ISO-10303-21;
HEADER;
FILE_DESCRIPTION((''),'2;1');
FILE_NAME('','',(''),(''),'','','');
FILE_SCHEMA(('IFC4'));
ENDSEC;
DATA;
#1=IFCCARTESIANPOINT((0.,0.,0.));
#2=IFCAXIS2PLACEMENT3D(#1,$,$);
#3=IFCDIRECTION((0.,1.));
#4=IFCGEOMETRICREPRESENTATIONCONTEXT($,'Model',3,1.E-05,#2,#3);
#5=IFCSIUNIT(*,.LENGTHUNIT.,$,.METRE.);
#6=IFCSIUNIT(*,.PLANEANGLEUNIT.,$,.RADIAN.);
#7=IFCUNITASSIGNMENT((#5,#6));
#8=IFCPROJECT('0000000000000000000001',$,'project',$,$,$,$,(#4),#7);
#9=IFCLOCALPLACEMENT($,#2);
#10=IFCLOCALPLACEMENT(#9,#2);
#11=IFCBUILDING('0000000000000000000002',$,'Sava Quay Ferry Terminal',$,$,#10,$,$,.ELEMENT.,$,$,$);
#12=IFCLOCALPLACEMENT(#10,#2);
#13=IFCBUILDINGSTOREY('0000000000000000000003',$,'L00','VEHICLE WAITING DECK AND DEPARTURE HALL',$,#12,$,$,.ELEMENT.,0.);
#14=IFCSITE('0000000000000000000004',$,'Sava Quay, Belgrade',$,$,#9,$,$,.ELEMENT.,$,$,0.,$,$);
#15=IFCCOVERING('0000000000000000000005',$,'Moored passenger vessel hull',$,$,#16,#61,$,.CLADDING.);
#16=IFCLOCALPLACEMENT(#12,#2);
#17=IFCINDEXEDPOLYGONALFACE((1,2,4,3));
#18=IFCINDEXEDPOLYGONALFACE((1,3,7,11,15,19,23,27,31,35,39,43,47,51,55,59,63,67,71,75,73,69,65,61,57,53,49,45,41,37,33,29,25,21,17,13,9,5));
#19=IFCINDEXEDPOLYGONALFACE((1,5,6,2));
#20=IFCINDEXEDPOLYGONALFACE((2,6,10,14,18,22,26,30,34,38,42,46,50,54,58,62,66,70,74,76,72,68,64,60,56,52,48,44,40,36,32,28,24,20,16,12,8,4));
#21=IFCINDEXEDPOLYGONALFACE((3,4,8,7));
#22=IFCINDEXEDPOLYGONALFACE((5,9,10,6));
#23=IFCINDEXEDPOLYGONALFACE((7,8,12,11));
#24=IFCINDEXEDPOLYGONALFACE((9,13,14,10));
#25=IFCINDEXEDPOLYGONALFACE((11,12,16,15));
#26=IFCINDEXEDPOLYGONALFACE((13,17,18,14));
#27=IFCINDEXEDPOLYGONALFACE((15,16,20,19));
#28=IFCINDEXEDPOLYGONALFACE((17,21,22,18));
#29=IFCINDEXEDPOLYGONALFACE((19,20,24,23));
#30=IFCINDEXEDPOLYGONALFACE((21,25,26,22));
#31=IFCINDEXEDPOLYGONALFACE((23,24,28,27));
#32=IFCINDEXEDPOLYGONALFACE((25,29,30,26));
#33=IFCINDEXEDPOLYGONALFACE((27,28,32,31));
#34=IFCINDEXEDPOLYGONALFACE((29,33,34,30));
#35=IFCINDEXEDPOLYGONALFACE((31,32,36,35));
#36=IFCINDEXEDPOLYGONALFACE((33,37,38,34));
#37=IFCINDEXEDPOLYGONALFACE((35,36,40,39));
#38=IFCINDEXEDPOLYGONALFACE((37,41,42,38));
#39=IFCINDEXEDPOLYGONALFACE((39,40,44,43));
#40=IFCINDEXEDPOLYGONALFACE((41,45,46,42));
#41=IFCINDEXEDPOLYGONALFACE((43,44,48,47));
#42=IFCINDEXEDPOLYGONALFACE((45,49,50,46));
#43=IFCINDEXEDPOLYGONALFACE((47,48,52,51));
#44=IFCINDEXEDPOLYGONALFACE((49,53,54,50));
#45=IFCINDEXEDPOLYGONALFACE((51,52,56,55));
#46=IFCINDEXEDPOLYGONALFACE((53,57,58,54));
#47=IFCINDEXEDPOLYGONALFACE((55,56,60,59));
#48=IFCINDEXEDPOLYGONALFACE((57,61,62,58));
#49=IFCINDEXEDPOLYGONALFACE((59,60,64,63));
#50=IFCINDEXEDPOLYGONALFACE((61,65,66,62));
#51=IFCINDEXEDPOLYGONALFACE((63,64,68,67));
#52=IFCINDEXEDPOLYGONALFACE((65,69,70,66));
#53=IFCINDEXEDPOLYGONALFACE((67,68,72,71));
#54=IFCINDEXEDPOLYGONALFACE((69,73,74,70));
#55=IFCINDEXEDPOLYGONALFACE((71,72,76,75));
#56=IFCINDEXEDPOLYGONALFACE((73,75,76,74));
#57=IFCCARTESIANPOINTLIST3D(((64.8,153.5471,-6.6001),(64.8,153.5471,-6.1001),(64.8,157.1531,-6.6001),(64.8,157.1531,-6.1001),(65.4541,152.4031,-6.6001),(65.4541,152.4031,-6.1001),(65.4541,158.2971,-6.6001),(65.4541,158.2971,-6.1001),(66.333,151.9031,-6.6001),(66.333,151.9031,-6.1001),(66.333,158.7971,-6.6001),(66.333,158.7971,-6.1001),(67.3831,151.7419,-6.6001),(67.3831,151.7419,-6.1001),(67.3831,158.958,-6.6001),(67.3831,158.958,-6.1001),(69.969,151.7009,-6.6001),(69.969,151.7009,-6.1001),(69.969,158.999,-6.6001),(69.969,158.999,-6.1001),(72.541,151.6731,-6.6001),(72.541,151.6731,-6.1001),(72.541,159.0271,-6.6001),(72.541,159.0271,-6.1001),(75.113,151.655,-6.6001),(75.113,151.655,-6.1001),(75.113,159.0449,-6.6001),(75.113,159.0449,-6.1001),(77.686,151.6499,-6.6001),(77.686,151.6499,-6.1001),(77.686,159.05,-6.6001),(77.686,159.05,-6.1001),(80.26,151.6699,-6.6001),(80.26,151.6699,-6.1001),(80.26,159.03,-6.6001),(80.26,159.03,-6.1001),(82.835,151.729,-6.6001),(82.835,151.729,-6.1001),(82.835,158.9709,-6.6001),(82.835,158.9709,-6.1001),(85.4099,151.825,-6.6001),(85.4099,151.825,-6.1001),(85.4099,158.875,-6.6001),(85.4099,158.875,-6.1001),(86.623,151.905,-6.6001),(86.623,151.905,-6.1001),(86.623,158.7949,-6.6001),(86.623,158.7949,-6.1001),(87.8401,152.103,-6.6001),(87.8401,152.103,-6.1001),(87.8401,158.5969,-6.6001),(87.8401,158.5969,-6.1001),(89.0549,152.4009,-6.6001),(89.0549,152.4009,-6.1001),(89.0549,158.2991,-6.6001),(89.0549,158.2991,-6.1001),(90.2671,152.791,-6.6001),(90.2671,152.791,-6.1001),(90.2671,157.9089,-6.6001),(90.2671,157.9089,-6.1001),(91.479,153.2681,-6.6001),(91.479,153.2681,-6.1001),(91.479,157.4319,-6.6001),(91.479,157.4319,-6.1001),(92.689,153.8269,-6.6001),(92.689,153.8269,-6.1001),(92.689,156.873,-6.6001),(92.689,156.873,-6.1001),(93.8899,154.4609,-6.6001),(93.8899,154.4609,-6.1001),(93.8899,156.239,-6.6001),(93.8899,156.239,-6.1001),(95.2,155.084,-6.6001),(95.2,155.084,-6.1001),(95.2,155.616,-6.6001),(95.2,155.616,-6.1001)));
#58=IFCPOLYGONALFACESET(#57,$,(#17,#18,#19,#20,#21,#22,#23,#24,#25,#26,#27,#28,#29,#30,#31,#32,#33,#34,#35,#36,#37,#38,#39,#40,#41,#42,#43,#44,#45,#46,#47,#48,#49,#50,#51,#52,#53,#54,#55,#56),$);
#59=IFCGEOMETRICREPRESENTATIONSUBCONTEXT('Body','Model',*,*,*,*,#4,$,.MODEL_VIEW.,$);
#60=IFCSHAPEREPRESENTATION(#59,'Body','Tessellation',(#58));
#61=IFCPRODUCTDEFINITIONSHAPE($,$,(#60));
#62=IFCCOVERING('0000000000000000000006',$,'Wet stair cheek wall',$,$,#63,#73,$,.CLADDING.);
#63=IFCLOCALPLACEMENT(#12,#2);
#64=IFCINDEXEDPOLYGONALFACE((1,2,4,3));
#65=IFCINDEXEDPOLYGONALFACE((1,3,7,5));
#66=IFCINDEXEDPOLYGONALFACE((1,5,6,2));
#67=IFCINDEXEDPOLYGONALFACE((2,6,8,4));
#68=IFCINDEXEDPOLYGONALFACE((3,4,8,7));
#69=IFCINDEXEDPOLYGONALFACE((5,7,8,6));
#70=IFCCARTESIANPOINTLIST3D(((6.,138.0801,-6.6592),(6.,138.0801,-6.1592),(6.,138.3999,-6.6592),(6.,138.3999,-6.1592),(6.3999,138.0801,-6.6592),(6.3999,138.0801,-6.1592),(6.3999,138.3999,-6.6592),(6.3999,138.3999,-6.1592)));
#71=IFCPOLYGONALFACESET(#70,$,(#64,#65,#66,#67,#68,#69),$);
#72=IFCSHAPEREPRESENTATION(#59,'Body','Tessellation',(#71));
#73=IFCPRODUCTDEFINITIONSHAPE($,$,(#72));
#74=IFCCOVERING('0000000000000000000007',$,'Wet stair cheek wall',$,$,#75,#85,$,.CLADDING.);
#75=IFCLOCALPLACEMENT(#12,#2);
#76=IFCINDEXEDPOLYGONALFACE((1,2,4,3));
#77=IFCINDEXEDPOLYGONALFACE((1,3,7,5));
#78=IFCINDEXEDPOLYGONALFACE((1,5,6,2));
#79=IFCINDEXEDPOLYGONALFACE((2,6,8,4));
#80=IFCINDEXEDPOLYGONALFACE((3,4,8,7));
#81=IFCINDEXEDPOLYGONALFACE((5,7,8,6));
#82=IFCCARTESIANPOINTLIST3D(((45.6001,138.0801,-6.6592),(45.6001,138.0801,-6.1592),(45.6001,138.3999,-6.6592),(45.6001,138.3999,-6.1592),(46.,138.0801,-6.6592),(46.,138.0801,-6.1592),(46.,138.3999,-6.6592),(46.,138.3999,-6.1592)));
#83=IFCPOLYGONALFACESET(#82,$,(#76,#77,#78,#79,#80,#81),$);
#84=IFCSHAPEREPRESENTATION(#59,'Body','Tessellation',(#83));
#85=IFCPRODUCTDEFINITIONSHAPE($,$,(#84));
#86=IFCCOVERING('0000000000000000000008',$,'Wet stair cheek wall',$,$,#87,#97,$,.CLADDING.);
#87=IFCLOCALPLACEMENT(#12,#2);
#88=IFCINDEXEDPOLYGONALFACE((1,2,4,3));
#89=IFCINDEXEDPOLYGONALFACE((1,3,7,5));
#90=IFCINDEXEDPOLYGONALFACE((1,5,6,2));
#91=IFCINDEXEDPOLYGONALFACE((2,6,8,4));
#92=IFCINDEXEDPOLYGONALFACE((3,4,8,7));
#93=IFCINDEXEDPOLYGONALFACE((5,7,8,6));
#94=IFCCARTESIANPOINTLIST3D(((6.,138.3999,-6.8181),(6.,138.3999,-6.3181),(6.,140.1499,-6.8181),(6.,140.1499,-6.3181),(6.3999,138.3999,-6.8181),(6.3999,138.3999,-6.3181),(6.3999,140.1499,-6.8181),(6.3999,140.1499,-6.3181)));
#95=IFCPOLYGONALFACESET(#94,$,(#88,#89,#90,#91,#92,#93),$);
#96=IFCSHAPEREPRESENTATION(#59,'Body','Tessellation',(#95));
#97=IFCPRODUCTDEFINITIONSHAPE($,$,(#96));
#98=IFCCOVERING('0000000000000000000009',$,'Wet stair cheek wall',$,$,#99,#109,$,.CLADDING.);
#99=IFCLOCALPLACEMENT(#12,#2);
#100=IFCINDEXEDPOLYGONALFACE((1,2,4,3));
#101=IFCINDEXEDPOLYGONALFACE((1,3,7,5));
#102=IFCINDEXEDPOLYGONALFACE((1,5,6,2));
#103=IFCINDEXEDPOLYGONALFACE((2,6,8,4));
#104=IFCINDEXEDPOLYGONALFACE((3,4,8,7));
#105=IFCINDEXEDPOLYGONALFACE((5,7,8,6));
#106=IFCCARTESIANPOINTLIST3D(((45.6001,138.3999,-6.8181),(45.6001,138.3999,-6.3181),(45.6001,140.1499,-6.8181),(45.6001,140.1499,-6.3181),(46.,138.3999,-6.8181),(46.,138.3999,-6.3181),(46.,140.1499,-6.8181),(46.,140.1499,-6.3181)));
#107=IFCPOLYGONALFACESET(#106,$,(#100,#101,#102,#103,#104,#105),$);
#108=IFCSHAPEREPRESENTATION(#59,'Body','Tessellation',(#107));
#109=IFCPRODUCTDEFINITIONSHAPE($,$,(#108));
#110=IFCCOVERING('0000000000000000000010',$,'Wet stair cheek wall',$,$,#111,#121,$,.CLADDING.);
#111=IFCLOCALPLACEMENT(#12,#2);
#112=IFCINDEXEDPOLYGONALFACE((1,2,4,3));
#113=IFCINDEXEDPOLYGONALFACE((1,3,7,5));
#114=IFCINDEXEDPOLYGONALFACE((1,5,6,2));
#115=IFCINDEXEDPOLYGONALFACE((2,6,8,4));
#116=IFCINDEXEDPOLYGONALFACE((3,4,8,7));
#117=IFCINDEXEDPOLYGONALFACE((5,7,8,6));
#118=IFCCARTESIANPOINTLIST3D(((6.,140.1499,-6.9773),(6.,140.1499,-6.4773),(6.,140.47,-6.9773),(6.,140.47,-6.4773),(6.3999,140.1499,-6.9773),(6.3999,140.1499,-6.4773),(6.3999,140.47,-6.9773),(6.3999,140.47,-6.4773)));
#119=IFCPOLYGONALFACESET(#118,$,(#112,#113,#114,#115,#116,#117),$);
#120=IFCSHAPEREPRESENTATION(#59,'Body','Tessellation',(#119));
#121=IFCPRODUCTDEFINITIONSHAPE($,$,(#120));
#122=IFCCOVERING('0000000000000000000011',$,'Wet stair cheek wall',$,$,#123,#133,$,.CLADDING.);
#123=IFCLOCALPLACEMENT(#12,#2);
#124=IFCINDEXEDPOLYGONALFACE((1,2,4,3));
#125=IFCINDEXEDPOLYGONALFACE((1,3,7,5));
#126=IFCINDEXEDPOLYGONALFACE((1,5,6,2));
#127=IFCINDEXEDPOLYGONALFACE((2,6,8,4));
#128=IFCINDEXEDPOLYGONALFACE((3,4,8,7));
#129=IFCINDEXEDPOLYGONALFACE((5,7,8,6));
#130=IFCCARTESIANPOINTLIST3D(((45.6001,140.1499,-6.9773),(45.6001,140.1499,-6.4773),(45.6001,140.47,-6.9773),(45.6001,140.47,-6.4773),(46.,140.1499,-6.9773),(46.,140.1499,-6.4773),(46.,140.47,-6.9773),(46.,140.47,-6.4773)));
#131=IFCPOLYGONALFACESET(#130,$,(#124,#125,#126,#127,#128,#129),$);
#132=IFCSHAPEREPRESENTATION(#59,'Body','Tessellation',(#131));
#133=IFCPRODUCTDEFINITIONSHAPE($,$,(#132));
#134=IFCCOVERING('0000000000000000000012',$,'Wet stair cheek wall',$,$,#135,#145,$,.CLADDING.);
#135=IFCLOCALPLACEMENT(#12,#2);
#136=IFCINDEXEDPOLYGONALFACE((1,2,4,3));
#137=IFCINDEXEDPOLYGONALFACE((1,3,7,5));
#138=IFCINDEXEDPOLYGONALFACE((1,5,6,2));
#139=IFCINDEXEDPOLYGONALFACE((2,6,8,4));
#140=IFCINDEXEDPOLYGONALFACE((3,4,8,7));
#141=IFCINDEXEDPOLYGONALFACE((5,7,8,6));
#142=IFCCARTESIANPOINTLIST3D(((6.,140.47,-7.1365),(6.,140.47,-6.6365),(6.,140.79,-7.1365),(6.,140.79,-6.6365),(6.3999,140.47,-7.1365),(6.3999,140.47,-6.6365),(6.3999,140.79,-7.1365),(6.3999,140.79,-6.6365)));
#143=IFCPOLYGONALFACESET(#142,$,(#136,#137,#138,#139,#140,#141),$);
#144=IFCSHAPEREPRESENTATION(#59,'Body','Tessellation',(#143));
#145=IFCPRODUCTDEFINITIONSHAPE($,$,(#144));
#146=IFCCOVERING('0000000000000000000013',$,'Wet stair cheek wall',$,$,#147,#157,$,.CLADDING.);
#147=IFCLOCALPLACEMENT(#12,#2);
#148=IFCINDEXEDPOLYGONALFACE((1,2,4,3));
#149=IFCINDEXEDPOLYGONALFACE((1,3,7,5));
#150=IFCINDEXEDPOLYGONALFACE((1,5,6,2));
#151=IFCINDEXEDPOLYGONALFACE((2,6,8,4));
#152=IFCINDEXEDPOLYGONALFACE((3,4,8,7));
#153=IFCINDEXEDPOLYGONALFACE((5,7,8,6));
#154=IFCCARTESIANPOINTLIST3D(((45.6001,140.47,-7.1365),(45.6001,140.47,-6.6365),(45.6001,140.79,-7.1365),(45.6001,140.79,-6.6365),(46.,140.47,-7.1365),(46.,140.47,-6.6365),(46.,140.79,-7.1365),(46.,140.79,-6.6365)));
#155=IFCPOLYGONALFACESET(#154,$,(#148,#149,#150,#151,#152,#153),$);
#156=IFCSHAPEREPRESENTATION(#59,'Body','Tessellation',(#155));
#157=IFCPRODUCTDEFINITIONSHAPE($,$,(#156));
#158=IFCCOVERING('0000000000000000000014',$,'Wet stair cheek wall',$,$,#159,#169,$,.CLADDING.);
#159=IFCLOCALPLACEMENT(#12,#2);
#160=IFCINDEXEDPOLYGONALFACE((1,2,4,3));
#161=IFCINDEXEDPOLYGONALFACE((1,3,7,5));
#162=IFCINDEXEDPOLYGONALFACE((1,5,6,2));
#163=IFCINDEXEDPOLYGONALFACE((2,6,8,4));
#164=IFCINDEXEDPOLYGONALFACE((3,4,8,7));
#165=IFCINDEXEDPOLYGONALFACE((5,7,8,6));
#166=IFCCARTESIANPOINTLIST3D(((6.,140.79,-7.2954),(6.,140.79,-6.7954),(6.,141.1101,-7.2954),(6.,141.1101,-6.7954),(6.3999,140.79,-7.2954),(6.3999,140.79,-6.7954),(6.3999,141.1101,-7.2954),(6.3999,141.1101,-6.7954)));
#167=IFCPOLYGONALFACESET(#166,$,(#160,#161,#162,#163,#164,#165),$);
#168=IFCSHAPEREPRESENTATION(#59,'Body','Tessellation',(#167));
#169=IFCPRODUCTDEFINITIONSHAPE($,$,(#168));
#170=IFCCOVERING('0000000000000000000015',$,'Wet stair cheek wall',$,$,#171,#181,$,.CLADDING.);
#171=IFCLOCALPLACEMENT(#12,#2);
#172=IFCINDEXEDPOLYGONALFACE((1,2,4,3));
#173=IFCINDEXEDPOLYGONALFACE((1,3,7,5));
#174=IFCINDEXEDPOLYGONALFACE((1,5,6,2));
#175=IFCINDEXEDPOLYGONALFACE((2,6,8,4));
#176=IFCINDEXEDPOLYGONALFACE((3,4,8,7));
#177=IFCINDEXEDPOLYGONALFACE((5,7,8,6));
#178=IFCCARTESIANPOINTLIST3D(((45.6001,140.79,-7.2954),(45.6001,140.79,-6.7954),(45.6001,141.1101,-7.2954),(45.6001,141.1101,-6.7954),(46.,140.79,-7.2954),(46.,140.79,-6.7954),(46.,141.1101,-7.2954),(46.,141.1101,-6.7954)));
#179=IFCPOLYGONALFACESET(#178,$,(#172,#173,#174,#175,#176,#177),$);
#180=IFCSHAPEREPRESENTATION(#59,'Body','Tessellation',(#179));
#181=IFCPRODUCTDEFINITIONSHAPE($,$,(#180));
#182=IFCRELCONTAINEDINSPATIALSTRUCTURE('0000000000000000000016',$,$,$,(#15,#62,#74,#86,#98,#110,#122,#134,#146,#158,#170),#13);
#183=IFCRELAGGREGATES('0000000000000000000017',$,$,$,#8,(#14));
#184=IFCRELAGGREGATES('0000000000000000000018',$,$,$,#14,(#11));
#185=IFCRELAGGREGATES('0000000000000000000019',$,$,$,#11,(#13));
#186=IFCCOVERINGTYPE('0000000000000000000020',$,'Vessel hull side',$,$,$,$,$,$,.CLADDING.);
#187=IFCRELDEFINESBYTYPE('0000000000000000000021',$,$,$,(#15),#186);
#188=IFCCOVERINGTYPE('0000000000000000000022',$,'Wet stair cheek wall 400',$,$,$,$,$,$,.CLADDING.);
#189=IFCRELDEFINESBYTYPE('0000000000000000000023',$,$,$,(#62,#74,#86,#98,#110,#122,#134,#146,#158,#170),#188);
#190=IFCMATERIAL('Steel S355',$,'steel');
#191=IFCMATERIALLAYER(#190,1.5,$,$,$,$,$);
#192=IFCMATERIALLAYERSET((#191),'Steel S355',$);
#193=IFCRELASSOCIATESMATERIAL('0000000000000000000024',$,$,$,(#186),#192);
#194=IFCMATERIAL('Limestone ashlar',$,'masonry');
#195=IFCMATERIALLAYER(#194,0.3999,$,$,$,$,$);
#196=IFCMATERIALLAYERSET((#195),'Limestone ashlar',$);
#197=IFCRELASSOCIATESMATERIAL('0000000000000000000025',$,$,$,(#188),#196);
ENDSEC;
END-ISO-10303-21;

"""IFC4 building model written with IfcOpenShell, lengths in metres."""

from ifc_helpers import new_model, si_unit, direction, frame, origin, place, context, subcontext, project, spatial, polyline, outline, extrude, material, layer, layer_set, type_object, element, save


model = new_model("IFC4")

# Units and contexts
model_context = context("Model", 3, precision=1e-05, world=origin(), true_north=direction((0.0, 1.0)))
body_context = subcontext(model_context, "Body", "Model", "MODEL_VIEW")
ifc_project = project(units=[si_unit("LENGTHUNIT", "METRE"), si_unit("PLANEANGLEUNIT", "RADIAN")], contexts=[model_context])

# Site, building, storey
site_placement = place(None, origin())
site = spatial("IfcSite", under=ifc_project, at=site_placement, Name="Sava Quay, Belgrade", CompositionType="ELEMENT", RefElevation=0.0)
building_placement = place(site_placement, origin())
building = spatial("IfcBuilding", under=site, at=building_placement, Name="Sava Quay Ferry Terminal", CompositionType="ELEMENT")
storey_placement = place(building_placement, origin())
storey = spatial("IfcBuildingStorey", under=building, at=storey_placement, Name="L00", Description="VEHICLE WAITING DECK AND DEPARTURE HALL", CompositionType="ELEMENT", Elevation=0.0)

# Coverings
ifc_material_1 = material(Name="Steel S355", Category="steel")
ifc_layer_1 = layer(ifc_material_1, 1.5)
ifc_layer_set_1 = layer_set([ifc_layer_1], Name="Steel S355")
covering_type_1 = type_object("IfcCoveringType", Name="Vessel hull side", PredefinedType="CLADDING", material=ifc_layer_set_1)
covering_1_placement = place(storey_placement, frame((0.0, 0.0, -6.6001)))
element("IfcCovering", 1, at=covering_1_placement, inside=storey, type_object=covering_type_1, Name="Moored passenger vessel hull", PredefinedType="CLADDING", context=body_context, shape_type="SweptSolid", body=[
    extrude(outline(polyline([(64.8, 157.1531), (64.8, 153.5471), (65.4541, 152.4031), (66.333, 151.9031), (67.3831, 151.7419), (69.969, 151.7009), (72.541, 151.6731), (75.113, 151.655), (77.686, 151.6499), (80.26, 151.6699), (82.835, 151.729), (85.4099, 151.825), (86.623, 151.905), (87.8401, 152.103), (89.0549, 152.4009), (90.2671, 152.791), (91.479, 153.2681), (92.689, 153.8269), (93.8899, 154.4609), (95.2, 155.084), (95.2, 155.616), (93.8899, 156.239), (92.689, 156.873), (91.479, 157.4319), (90.2671, 157.9089), (89.0549, 158.2991), (87.8401, 158.5969), (86.623, 158.7949), (85.4099, 158.875), (82.835, 158.9709), (80.26, 159.03), (77.686, 159.05), (75.113, 159.0449), (72.541, 159.0271), (69.969, 158.999), (67.3831, 158.958), (66.333, 158.7971), (65.4541, 158.2971), (64.8, 157.1531)])), origin(), (0.0, 0.0, 1.0), 0.5),
])
ifc_material_2 = material(Name="Limestone ashlar", Category="masonry")
ifc_layer_2 = layer(ifc_material_2, 0.3999)
ifc_layer_set_2 = layer_set([ifc_layer_2], Name="Limestone ashlar")
covering_type_2 = type_object("IfcCoveringType", Name="Wet stair cheek wall 400", PredefinedType="CLADDING", material=ifc_layer_set_2)
covering_2_placement = place(storey_placement, frame((0.0, 0.0, -6.6592)))
element("IfcCovering", 2, at=covering_2_placement, inside=storey, type_object=covering_type_2, Name="Wet stair cheek wall", PredefinedType="CLADDING", context=body_context, shape_type="SweptSolid", body=[
    extrude(outline(polyline([(6.0, 138.0801), (6.3999, 138.0801), (6.3999, 138.3999), (6.0, 138.3999), (6.0, 138.0801)])), origin(), (0.0, 0.0, 1.0), 0.5),
])
covering_3_placement = place(storey_placement, frame((0.0, 0.0, -6.6592)))
element("IfcCovering", 3, at=covering_3_placement, inside=storey, type_object=covering_type_2, Name="Wet stair cheek wall", PredefinedType="CLADDING", context=body_context, shape_type="SweptSolid", body=[
    extrude(outline(polyline([(45.6001, 138.0801), (46.0, 138.0801), (46.0, 138.3999), (45.6001, 138.3999), (45.6001, 138.0801)])), origin(), (0.0, 0.0, 1.0), 0.5),
])
covering_4_placement = place(storey_placement, frame((0.0, 0.0, -6.8181)))
element("IfcCovering", 4, at=covering_4_placement, inside=storey, type_object=covering_type_2, Name="Wet stair cheek wall", PredefinedType="CLADDING", context=body_context, shape_type="SweptSolid", body=[
    extrude(outline(polyline([(6.0, 138.3999), (6.3999, 138.3999), (6.3999, 140.1499), (6.0, 140.1499), (6.0, 138.3999)])), origin(), (0.0, 0.0, 1.0), 0.5),
])
covering_5_placement = place(storey_placement, frame((0.0, 0.0, -6.8181)))
element("IfcCovering", 5, at=covering_5_placement, inside=storey, type_object=covering_type_2, Name="Wet stair cheek wall", PredefinedType="CLADDING", context=body_context, shape_type="SweptSolid", body=[
    extrude(outline(polyline([(45.6001, 138.3999), (46.0, 138.3999), (46.0, 140.1499), (45.6001, 140.1499), (45.6001, 138.3999)])), origin(), (0.0, 0.0, 1.0), 0.5),
])
covering_6_placement = place(storey_placement, frame((0.0, 0.0, -6.9773)))
element("IfcCovering", 6, at=covering_6_placement, inside=storey, type_object=covering_type_2, Name="Wet stair cheek wall", PredefinedType="CLADDING", context=body_context, shape_type="SweptSolid", body=[
    extrude(outline(polyline([(6.0, 140.1499), (6.3999, 140.1499), (6.3999, 140.47), (6.0, 140.47), (6.0, 140.1499)])), origin(), (0.0, 0.0, 1.0), 0.5),
])
covering_7_placement = place(storey_placement, frame((0.0, 0.0, -6.9773)))
element("IfcCovering", 7, at=covering_7_placement, inside=storey, type_object=covering_type_2, Name="Wet stair cheek wall", PredefinedType="CLADDING", context=body_context, shape_type="SweptSolid", body=[
    extrude(outline(polyline([(45.6001, 140.1499), (46.0, 140.1499), (46.0, 140.47), (45.6001, 140.47), (45.6001, 140.1499)])), origin(), (0.0, 0.0, 1.0), 0.5),
])
covering_8_placement = place(storey_placement, frame((0.0, 0.0, -7.1365)))
element("IfcCovering", 8, at=covering_8_placement, inside=storey, type_object=covering_type_2, Name="Wet stair cheek wall", PredefinedType="CLADDING", context=body_context, shape_type="SweptSolid", body=[
    extrude(outline(polyline([(6.0, 140.47), (6.3999, 140.47), (6.3999, 140.79), (6.0, 140.79), (6.0, 140.47)])), origin(), (0.0, 0.0, 1.0), 0.5),
])
covering_9_placement = place(storey_placement, frame((0.0, 0.0, -7.1365)))
element("IfcCovering", 9, at=covering_9_placement, inside=storey, type_object=covering_type_2, Name="Wet stair cheek wall", PredefinedType="CLADDING", context=body_context, shape_type="SweptSolid", body=[
    extrude(outline(polyline([(45.6001, 140.47), (46.0, 140.47), (46.0, 140.79), (45.6001, 140.79), (45.6001, 140.47)])), origin(), (0.0, 0.0, 1.0), 0.5),
])
covering_10_placement = place(storey_placement, frame((0.0, 0.0, -7.2954)))
element("IfcCovering", 10, at=covering_10_placement, inside=storey, type_object=covering_type_2, Name="Wet stair cheek wall", PredefinedType="CLADDING", context=body_context, shape_type="SweptSolid", body=[
    extrude(outline(polyline([(6.0, 140.79), (6.3999, 140.79), (6.3999, 141.1101), (6.0, 141.1101), (6.0, 140.79)])), origin(), (0.0, 0.0, 1.0), 0.5),
])
covering_11_placement = place(storey_placement, frame((0.0, 0.0, -7.2954)))
element("IfcCovering", 11, at=covering_11_placement, inside=storey, type_object=covering_type_2, Name="Wet stair cheek wall", PredefinedType="CLADDING", context=body_context, shape_type="SweptSolid", body=[
    extrude(outline(polyline([(45.6001, 140.79), (46.0, 140.79), (46.0, 141.1101), (45.6001, 141.1101), (45.6001, 140.79)])), origin(), (0.0, 0.0, 1.0), 0.5),
])

save(model, "model.ifc")
